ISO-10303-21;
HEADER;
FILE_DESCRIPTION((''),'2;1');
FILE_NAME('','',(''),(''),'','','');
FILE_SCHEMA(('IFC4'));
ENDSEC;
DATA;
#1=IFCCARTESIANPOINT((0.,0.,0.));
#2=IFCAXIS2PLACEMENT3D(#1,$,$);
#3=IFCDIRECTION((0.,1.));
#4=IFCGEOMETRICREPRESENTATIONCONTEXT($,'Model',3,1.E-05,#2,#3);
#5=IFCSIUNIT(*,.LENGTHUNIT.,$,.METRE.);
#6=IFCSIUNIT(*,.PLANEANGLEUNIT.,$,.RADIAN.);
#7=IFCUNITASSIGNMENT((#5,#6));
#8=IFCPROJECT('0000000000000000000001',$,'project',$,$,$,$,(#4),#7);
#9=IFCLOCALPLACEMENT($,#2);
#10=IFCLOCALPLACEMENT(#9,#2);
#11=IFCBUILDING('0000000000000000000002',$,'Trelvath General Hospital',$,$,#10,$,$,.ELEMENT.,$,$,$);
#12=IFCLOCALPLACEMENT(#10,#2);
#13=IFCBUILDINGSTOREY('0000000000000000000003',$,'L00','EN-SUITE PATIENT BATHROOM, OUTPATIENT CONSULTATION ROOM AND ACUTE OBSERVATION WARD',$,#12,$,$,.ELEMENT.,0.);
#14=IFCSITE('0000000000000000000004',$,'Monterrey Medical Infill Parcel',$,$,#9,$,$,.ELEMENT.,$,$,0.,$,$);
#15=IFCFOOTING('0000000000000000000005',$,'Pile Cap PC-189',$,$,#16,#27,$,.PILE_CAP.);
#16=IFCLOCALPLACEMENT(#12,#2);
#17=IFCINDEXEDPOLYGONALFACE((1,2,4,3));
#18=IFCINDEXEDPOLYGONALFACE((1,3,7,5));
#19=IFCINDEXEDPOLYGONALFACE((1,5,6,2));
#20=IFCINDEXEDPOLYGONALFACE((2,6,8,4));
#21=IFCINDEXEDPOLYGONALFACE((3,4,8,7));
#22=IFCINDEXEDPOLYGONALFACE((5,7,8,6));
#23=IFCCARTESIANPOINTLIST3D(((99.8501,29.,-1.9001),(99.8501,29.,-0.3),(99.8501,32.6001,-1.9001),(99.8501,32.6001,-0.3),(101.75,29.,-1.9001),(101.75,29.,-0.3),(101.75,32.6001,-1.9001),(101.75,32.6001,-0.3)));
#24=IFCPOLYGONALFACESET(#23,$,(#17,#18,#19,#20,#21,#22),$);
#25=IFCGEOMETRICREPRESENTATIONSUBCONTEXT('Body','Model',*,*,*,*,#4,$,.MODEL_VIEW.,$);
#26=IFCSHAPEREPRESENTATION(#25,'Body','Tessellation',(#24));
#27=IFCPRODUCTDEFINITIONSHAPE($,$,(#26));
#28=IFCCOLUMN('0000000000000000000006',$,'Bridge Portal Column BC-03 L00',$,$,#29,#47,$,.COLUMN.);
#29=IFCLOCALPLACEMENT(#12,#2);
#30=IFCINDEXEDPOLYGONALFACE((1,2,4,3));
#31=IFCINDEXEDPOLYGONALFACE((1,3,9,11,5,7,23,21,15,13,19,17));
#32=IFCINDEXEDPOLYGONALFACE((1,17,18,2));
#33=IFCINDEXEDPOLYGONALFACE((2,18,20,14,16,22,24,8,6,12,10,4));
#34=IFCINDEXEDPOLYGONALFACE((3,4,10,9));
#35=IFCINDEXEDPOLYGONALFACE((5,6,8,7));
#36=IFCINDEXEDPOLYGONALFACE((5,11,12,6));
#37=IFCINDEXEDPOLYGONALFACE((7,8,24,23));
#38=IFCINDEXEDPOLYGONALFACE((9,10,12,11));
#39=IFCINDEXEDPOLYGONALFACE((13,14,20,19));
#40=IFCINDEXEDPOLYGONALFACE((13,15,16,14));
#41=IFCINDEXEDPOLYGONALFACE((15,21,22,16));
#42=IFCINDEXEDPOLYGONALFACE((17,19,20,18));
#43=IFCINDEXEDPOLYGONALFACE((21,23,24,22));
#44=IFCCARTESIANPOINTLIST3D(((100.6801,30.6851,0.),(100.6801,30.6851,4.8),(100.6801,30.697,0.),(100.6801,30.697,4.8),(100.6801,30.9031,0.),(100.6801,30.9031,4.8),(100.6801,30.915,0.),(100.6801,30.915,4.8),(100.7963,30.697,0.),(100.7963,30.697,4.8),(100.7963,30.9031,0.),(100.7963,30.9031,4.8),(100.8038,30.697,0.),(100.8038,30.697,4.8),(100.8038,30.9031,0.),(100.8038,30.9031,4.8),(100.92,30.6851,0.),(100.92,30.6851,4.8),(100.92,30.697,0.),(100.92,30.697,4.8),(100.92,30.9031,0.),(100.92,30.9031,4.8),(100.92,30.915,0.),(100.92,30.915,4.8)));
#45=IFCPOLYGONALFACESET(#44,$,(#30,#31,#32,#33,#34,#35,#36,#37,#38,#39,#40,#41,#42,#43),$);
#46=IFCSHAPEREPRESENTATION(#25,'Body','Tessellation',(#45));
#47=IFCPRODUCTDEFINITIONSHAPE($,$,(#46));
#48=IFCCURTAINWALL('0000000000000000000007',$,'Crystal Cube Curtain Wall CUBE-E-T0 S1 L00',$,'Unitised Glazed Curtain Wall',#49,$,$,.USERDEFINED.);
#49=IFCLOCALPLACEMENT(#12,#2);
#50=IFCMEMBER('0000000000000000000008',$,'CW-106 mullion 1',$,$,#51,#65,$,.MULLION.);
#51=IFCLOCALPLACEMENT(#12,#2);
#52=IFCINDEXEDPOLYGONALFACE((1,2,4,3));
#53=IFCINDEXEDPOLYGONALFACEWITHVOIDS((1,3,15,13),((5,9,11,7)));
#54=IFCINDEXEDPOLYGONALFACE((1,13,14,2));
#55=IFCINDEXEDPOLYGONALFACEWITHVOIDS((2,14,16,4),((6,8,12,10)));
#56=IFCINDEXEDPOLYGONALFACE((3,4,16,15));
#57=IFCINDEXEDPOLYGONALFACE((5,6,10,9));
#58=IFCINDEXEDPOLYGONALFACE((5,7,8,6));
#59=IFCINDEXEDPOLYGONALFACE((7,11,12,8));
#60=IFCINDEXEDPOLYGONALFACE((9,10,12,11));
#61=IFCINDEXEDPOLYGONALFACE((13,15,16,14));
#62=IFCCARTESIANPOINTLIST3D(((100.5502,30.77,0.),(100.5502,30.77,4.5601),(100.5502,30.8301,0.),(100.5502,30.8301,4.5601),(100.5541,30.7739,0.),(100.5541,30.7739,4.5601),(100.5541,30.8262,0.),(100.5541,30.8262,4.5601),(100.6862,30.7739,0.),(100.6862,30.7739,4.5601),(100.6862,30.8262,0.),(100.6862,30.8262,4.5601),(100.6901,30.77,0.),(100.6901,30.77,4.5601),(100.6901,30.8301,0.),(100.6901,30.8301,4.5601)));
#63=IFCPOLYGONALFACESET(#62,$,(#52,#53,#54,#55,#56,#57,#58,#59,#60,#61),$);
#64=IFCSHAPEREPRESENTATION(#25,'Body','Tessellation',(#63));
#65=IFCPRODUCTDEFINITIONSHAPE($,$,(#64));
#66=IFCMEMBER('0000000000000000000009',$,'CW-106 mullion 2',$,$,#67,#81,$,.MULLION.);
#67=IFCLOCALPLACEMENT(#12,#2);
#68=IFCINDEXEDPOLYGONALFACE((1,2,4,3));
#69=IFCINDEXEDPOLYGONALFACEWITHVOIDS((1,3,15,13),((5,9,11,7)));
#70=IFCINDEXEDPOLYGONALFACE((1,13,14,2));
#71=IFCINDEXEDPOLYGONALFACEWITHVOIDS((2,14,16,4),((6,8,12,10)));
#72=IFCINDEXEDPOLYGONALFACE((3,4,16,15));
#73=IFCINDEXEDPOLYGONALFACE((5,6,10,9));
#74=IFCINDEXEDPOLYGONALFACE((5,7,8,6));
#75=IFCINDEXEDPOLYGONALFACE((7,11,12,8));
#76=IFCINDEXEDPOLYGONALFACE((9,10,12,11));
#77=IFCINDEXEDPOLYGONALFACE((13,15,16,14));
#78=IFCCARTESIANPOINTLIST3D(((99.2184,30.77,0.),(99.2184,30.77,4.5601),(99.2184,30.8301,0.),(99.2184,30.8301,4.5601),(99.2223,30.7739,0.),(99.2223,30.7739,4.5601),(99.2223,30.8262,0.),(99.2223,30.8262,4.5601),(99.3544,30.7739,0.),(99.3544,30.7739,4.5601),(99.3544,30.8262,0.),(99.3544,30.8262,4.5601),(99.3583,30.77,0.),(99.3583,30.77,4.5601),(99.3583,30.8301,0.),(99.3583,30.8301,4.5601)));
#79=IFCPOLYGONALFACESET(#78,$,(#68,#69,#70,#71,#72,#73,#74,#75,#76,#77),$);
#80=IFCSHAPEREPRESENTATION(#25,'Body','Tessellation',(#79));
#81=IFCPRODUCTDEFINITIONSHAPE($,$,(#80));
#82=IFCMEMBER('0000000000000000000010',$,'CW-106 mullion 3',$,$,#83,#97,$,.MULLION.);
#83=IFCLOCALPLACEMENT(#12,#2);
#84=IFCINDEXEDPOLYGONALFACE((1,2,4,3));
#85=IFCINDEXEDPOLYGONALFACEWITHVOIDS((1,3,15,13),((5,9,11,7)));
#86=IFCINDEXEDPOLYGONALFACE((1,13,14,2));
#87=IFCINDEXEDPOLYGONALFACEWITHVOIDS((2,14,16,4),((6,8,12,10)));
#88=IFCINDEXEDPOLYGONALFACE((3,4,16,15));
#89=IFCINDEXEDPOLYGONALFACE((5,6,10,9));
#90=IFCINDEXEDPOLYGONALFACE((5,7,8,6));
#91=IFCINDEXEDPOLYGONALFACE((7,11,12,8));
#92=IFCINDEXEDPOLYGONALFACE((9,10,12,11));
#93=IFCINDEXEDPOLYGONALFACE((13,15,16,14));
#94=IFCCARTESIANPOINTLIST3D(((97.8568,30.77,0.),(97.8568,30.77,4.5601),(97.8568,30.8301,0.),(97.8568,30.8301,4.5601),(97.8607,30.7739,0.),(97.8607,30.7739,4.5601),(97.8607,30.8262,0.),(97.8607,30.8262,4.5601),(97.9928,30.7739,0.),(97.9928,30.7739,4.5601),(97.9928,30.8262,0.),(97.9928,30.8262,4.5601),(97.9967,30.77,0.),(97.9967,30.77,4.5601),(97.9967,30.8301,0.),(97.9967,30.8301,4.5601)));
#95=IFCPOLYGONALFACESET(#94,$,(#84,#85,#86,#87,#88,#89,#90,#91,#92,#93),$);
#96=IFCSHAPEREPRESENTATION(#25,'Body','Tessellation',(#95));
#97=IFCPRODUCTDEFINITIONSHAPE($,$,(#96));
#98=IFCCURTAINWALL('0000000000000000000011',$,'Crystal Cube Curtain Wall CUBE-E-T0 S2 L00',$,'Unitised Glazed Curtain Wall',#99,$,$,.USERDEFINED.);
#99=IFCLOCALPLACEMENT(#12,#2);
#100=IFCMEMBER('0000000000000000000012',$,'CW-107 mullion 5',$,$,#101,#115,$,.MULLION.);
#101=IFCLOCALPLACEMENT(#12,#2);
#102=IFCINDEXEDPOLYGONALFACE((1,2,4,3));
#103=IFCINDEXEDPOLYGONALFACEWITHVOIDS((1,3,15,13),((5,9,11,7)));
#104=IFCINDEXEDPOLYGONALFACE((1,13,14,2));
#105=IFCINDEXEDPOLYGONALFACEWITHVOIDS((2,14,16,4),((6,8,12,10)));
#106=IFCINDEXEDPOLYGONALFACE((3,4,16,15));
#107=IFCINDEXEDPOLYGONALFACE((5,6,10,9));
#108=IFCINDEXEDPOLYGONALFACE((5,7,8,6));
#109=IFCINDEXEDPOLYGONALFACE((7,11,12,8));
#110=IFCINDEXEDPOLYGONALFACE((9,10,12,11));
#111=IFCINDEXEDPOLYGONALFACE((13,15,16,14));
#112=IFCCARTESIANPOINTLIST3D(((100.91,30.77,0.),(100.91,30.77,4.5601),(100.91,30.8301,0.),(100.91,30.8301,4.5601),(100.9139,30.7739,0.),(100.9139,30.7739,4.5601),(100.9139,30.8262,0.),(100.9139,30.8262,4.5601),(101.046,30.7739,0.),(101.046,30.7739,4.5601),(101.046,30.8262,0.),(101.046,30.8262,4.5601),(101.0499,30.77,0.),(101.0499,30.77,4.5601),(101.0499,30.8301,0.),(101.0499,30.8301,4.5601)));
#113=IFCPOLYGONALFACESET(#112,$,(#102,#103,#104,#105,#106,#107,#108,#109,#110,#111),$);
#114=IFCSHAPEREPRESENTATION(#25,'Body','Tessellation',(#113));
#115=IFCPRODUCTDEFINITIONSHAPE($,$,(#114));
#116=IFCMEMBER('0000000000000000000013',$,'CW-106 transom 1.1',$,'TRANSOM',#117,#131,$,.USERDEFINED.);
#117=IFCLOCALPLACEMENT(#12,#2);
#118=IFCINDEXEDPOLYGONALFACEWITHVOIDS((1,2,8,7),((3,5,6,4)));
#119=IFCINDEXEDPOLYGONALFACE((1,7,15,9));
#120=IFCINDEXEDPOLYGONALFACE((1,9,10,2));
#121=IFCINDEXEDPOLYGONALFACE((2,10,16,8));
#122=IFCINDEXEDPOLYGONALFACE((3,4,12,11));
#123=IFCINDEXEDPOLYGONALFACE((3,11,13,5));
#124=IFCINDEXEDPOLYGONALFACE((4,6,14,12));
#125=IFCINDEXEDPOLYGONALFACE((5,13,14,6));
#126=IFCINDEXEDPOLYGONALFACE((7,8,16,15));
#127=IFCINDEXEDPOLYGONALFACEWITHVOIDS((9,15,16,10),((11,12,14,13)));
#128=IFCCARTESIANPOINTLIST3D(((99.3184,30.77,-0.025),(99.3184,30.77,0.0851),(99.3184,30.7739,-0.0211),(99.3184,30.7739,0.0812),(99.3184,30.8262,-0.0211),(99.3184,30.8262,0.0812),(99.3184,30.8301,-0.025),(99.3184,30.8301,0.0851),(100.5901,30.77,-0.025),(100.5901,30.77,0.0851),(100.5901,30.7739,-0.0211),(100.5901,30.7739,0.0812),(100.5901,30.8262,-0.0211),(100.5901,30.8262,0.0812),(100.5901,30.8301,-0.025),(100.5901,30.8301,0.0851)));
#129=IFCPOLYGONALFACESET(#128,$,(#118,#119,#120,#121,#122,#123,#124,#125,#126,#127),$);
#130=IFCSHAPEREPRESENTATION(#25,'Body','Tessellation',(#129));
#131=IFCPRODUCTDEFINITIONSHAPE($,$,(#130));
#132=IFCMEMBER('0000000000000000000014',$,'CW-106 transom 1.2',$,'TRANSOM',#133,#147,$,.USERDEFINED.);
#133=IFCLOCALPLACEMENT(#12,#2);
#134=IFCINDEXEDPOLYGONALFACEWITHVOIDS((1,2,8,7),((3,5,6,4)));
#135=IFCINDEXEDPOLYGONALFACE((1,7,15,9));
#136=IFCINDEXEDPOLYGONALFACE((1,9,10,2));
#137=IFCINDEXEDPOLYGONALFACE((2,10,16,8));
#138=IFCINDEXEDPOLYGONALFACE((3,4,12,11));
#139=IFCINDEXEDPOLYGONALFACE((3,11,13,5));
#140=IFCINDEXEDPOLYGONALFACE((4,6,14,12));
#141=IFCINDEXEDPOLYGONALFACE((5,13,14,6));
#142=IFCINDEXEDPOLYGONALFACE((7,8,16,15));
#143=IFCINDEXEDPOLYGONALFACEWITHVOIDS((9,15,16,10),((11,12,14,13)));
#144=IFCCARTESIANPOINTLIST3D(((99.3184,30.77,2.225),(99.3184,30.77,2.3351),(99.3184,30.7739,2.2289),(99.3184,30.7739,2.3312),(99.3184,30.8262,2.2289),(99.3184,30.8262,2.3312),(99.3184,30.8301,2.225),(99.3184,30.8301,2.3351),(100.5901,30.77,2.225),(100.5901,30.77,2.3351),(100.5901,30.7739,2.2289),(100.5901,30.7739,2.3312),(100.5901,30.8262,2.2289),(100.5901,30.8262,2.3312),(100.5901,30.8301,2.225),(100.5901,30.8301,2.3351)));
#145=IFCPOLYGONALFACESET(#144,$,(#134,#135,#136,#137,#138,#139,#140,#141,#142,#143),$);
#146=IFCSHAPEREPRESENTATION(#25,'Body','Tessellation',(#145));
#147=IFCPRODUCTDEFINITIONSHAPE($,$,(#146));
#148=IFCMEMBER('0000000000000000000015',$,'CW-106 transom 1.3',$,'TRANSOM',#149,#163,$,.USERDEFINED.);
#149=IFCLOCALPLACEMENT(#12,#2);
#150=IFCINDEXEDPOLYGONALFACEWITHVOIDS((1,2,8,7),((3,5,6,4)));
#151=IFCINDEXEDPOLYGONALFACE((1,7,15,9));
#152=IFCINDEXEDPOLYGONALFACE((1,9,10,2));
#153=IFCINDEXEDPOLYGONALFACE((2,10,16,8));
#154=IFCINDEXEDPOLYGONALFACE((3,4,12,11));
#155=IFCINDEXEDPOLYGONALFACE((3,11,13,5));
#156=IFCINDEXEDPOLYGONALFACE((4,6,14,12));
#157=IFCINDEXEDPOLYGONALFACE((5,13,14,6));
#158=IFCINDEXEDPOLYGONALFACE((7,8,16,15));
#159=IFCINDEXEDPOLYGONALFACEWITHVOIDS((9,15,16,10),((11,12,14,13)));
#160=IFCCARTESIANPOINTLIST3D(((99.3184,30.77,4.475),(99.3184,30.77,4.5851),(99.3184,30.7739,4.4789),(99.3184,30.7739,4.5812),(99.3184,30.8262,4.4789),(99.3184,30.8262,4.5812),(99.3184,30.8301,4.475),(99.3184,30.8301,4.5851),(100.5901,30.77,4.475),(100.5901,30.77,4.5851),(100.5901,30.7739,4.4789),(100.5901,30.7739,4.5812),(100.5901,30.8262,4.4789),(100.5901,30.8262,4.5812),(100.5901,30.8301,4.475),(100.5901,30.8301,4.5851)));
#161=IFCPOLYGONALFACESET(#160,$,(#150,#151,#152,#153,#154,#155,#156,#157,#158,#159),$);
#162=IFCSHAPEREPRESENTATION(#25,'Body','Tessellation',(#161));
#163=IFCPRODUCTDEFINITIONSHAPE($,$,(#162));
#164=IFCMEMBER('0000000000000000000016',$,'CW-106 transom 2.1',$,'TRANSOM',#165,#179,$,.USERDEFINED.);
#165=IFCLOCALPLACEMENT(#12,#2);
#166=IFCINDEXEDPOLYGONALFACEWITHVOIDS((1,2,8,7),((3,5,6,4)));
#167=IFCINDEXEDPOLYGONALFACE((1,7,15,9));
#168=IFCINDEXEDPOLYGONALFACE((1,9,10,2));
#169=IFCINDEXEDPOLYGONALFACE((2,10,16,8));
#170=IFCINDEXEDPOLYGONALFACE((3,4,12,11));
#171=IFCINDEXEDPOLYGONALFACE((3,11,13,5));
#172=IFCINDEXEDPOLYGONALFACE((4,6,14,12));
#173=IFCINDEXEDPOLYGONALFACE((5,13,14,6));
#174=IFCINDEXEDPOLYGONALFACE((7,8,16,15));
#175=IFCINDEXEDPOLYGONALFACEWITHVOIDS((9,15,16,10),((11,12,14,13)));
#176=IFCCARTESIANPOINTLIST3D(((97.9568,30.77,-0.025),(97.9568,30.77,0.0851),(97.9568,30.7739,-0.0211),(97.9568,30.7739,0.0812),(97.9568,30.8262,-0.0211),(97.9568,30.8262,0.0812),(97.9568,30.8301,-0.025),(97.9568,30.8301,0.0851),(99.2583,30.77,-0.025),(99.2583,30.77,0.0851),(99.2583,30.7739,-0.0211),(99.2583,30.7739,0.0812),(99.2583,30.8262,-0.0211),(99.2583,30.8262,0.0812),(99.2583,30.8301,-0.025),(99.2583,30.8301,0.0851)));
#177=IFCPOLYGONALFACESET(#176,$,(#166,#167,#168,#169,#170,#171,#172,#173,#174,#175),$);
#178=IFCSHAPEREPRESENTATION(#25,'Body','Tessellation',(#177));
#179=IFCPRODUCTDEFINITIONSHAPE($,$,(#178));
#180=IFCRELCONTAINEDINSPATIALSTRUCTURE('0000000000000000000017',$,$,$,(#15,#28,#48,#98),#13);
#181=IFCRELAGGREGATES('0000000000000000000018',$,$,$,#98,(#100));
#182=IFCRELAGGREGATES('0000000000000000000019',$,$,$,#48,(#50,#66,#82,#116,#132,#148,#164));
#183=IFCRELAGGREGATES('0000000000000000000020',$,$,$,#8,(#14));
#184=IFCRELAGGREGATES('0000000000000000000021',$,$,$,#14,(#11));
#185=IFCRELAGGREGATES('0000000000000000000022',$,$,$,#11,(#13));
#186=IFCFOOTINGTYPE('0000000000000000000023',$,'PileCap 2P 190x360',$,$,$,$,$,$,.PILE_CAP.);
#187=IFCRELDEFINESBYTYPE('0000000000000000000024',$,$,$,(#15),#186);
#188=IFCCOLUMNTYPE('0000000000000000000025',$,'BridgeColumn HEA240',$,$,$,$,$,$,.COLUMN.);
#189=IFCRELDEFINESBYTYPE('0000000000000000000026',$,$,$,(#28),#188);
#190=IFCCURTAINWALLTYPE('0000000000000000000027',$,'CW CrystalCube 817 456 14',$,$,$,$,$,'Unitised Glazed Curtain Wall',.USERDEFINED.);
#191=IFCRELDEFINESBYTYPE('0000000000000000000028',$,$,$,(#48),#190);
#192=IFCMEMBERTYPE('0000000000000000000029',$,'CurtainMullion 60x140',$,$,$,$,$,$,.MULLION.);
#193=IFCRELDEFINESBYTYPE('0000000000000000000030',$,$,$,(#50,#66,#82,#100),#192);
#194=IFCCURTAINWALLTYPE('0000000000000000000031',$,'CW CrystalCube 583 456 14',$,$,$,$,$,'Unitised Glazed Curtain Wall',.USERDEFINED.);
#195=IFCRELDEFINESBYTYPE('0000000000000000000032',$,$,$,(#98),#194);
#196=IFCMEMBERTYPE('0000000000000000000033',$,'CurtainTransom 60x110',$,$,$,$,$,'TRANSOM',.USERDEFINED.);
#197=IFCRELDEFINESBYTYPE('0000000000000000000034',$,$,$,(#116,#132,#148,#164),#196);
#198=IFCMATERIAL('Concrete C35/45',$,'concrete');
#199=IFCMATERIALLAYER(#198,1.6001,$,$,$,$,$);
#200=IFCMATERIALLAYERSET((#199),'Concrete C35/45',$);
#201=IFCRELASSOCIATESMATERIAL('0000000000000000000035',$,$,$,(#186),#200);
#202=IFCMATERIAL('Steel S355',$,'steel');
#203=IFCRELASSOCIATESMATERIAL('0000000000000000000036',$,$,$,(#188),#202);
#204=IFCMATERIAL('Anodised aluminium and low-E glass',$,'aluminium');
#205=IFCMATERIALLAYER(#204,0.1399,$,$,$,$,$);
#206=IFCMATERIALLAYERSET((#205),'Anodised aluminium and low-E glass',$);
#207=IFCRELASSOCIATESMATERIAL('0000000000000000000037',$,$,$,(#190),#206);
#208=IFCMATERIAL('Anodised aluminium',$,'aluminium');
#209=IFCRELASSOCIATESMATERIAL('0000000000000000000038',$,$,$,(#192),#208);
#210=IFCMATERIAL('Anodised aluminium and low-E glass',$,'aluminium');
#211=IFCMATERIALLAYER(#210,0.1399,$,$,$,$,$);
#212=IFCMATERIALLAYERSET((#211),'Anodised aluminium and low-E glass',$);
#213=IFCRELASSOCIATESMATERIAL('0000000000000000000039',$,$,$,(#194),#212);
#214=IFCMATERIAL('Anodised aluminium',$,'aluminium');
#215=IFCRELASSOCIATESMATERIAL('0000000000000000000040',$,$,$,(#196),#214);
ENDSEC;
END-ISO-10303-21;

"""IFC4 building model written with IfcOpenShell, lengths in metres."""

from ifc_helpers import new_model, si_unit, direction, frame, origin, origin_2d, place, context, subcontext, project, spatial, rectangle, hollow_rectangle, i_section, extrude, material, layer, layer_set, material_profile, profile_set, type_object, element, aggregate, save


model = new_model("IFC4")

# Units and contexts
model_context = context("Model", 3, precision=1e-05, world=origin(), true_north=direction((0.0, 1.0)))
body_context = subcontext(model_context, "Body", "Model", "MODEL_VIEW")
ifc_project = project(units=[si_unit("LENGTHUNIT", "METRE"), si_unit("PLANEANGLEUNIT", "RADIAN")], contexts=[model_context])

# Site, building, storey
site_placement = place(None, origin())
site = spatial("IfcSite", under=ifc_project, at=site_placement, Name="Monterrey Medical Infill Parcel", CompositionType="ELEMENT", RefElevation=0.0)
building_placement = place(site_placement, origin())
building = spatial("IfcBuilding", under=site, at=building_placement, Name="Trelvath General Hospital", CompositionType="ELEMENT")
storey_placement = place(building_placement, origin())
storey = spatial("IfcBuildingStorey", under=building, at=storey_placement, Name="L00", Description="EN-SUITE PATIENT BATHROOM, OUTPATIENT CONSULTATION ROOM AND ACUTE OBSERVATION WARD", CompositionType="ELEMENT", Elevation=0.0)

# Footing
ifc_material_1 = material(Name="Concrete C35/45", Category="concrete")
ifc_layer_1 = layer(ifc_material_1, 1.6001)
ifc_layer_set_1 = layer_set([ifc_layer_1], Name="Concrete C35/45")
footing_type = type_object("IfcFootingType", Name="PileCap 2P 190x360", PredefinedType="PILE_CAP", material=ifc_layer_set_1)
footing_placement = place(storey_placement, frame((100.8, 30.8, -1.9001), z_axis=(0.0, 0.0, 1.0), x_axis=(1.0, 0.0, 0.0)))
element("IfcFooting", 1, at=footing_placement, inside=storey, type_object=footing_type, Name="Pile Cap PC-189", PredefinedType="PILE_CAP", context=body_context, shape_type="SweptSolid", body=[
    extrude(rectangle(XDim=1.8999, YDim=3.6001, at=origin_2d()), origin(), (0.0, 0.0, 1.0), 1.6001),
])

# Column
ifc_material_2 = material(Name="Steel S355", Category="steel")
ifc_material_profile_1 = material_profile(ifc_material_2, i_section(OverallWidth=0.24, OverallDepth=0.23, WebThickness=0.0076, FlangeThickness=0.012, at=origin_2d()), Name="HEA240")
ifc_profile_set_1 = profile_set([ifc_material_profile_1], Name="Steel S355")
column_type = type_object("IfcColumnType", Name="BridgeColumn HEA240", PredefinedType="COLUMN", material=ifc_profile_set_1)
column_placement = place(storey_placement, frame((100.8, 30.8, 0.0), z_axis=(0.0, 0.0, 1.0), x_axis=(1.0, 0.0, 0.0)))
element("IfcColumn", 2, at=column_placement, inside=storey, type_object=column_type, Name="Bridge Portal Column BC-03 L00", PredefinedType="COLUMN", context=body_context, shape_type="SweptSolid", body=[
    extrude(i_section(OverallWidth=0.24, OverallDepth=0.23, WebThickness=0.0076, FlangeThickness=0.012, at=origin_2d()), origin(), (0.0, 0.0, 1.0), 4.8),
])

# Curtain wall, members
ifc_material_3 = material(Name="Anodised aluminium and low-E glass", Category="aluminium")
ifc_layer_2 = layer(ifc_material_3, 0.1399)
ifc_layer_set_2 = layer_set([ifc_layer_2], Name="Anodised aluminium and low-E glass")
curtain_wall_type_1 = type_object("IfcCurtainWallType", Name="CW CrystalCube 817 456 14", ElementType="Unitised Glazed Curtain Wall", PredefinedType="USERDEFINED", material=ifc_layer_set_2)
curtain_wall_1_placement = place(storey_placement, origin())
curtain_wall_1 = element("IfcCurtainWall", 3, at=curtain_wall_1_placement, inside=storey, type_object=curtain_wall_type_1, Name="Crystal Cube Curtain Wall CUBE-E-T0 S1 L00", ObjectType="Unitised Glazed Curtain Wall", PredefinedType="USERDEFINED")
ifc_material_4 = material(Name="Anodised aluminium", Category="aluminium")
ifc_material_profile_2 = material_profile(ifc_material_4, hollow_rectangle(XDim=0.0601, YDim=0.1399, WallThickness=0.0039, at=origin_2d()), Name="RHS60x140x4")
ifc_profile_set_2 = profile_set([ifc_material_profile_2], Name="Anodised aluminium")
member_type_1 = type_object("IfcMemberType", Name="CurtainMullion 60x140", PredefinedType="MULLION", material=ifc_profile_set_2)
member_1_placement = place(storey_placement, frame((100.6201, 30.8, 0.0), z_axis=(0.0, 0.0, 1.0), x_axis=(0.0, -1.0, 0.0)))
member_1 = element("IfcMember", 4, at=member_1_placement, type_object=member_type_1, Name="CW-106 mullion 1", PredefinedType="MULLION", context=body_context, shape_type="SweptSolid", body=[
    extrude(hollow_rectangle(XDim=0.0601, YDim=0.1399, WallThickness=0.0039, at=origin_2d()), origin(), (0.0, 0.0, 1.0), 4.5601),
])
member_2_placement = place(storey_placement, frame((99.2883, 30.8, 0.0), z_axis=(0.0, 0.0, 1.0), x_axis=(0.0, -1.0, 0.0)))
member_2 = element("IfcMember", 5, at=member_2_placement, type_object=member_type_1, Name="CW-106 mullion 2", PredefinedType="MULLION", context=body_context, shape_type="SweptSolid", body=[
    extrude(hollow_rectangle(XDim=0.0601, YDim=0.1399, WallThickness=0.0039, at=origin_2d()), origin(), (0.0, 0.0, 1.0), 4.5601),
])
member_3_placement = place(storey_placement, frame((97.9268, 30.8, 0.0), z_axis=(0.0, 0.0, 1.0), x_axis=(0.0, -1.0, 0.0)))
member_3 = element("IfcMember", 6, at=member_3_placement, type_object=member_type_1, Name="CW-106 mullion 3", PredefinedType="MULLION", context=body_context, shape_type="SweptSolid", body=[
    extrude(hollow_rectangle(XDim=0.0601, YDim=0.1399, WallThickness=0.0039, at=origin_2d()), origin(), (0.0, 0.0, 1.0), 4.5601),
])

# Curtain wall, member
ifc_material_5 = material(Name="Anodised aluminium and low-E glass", Category="aluminium")
ifc_layer_3 = layer(ifc_material_5, 0.1399)
ifc_layer_set_3 = layer_set([ifc_layer_3], Name="Anodised aluminium and low-E glass")
curtain_wall_type_2 = type_object("IfcCurtainWallType", Name="CW CrystalCube 583 456 14", ElementType="Unitised Glazed Curtain Wall", PredefinedType="USERDEFINED", material=ifc_layer_set_3)
curtain_wall_2_placement = place(storey_placement, origin())
curtain_wall_2 = element("IfcCurtainWall", 7, at=curtain_wall_2_placement, inside=storey, type_object=curtain_wall_type_2, Name="Crystal Cube Curtain Wall CUBE-E-T0 S2 L00", ObjectType="Unitised Glazed Curtain Wall", PredefinedType="USERDEFINED")
member_4_placement = place(storey_placement, frame((100.98, 30.8, 0.0), z_axis=(0.0, 0.0, 1.0), x_axis=(0.0, -1.0, 0.0)))
member_4 = element("IfcMember", 8, at=member_4_placement, type_object=member_type_1, Name="CW-107 mullion 5", PredefinedType="MULLION", context=body_context, shape_type="SweptSolid", body=[
    extrude(hollow_rectangle(XDim=0.0601, YDim=0.1399, WallThickness=0.0039, at=origin_2d()), origin(), (0.0, 0.0, 1.0), 4.5601),
])
aggregate(curtain_wall_2, [member_4])

# Members
ifc_material_6 = material(Name="Anodised aluminium", Category="aluminium")
ifc_material_profile_3 = material_profile(ifc_material_6, hollow_rectangle(XDim=0.0601, YDim=0.1101, WallThickness=0.0039, at=origin_2d()), Name="RHS60x110x4")
ifc_profile_set_3 = profile_set([ifc_material_profile_3], Name="Anodised aluminium")
member_type_2 = type_object("IfcMemberType", Name="CurtainTransom 60x110", ElementType="TRANSOM", PredefinedType="USERDEFINED", material=ifc_profile_set_3)
member_5_placement = place(storey_placement, frame((100.5901, 30.8, 0.03), z_axis=(-1.0, 0.0, 0.0), x_axis=(0.0, -1.0, 0.0)))
member_5 = element("IfcMember", 9, at=member_5_placement, type_object=member_type_2, Name="CW-106 transom 1.1", ObjectType="TRANSOM", PredefinedType="USERDEFINED", context=body_context, shape_type="SweptSolid", body=[
    extrude(hollow_rectangle(XDim=0.0601, YDim=0.1101, WallThickness=0.0039, at=origin_2d()), origin(), (0.0, 0.0, 1.0), 1.2717),
])
member_6_placement = place(storey_placement, frame((100.5901, 30.8, 2.28), z_axis=(-1.0, 0.0, 0.0), x_axis=(0.0, -1.0, 0.0)))
member_6 = element("IfcMember", 10, at=member_6_placement, type_object=member_type_2, Name="CW-106 transom 1.2", ObjectType="TRANSOM", PredefinedType="USERDEFINED", context=body_context, shape_type="SweptSolid", body=[
    extrude(hollow_rectangle(XDim=0.0601, YDim=0.1101, WallThickness=0.0039, at=origin_2d()), origin(), (0.0, 0.0, 1.0), 1.2717),
])
member_7_placement = place(storey_placement, frame((100.5901, 30.8, 4.53), z_axis=(-1.0, 0.0, 0.0), x_axis=(0.0, -1.0, 0.0)))
member_7 = element("IfcMember", 11, at=member_7_placement, type_object=member_type_2, Name="CW-106 transom 1.3", ObjectType="TRANSOM", PredefinedType="USERDEFINED", context=body_context, shape_type="SweptSolid", body=[
    extrude(hollow_rectangle(XDim=0.0601, YDim=0.1101, WallThickness=0.0039, at=origin_2d()), origin(), (0.0, 0.0, 1.0), 1.2717),
])
member_8_placement = place(storey_placement, frame((99.2583, 30.8, 0.03), z_axis=(-1.0, 0.0, 0.0), x_axis=(0.0, -1.0, 0.0)))
member_8 = element("IfcMember", 12, at=member_8_placement, type_object=member_type_2, Name="CW-106 transom 2.1", ObjectType="TRANSOM", PredefinedType="USERDEFINED", context=body_context, shape_type="SweptSolid", body=[
    extrude(hollow_rectangle(XDim=0.0601, YDim=0.1101, WallThickness=0.0039, at=origin_2d()), origin(), (0.0, 0.0, 1.0), 1.3015),
])

aggregate(curtain_wall_1, [member_1, member_2, member_3, member_5, member_6, member_7, member_8])

save(model, "model.ifc")
